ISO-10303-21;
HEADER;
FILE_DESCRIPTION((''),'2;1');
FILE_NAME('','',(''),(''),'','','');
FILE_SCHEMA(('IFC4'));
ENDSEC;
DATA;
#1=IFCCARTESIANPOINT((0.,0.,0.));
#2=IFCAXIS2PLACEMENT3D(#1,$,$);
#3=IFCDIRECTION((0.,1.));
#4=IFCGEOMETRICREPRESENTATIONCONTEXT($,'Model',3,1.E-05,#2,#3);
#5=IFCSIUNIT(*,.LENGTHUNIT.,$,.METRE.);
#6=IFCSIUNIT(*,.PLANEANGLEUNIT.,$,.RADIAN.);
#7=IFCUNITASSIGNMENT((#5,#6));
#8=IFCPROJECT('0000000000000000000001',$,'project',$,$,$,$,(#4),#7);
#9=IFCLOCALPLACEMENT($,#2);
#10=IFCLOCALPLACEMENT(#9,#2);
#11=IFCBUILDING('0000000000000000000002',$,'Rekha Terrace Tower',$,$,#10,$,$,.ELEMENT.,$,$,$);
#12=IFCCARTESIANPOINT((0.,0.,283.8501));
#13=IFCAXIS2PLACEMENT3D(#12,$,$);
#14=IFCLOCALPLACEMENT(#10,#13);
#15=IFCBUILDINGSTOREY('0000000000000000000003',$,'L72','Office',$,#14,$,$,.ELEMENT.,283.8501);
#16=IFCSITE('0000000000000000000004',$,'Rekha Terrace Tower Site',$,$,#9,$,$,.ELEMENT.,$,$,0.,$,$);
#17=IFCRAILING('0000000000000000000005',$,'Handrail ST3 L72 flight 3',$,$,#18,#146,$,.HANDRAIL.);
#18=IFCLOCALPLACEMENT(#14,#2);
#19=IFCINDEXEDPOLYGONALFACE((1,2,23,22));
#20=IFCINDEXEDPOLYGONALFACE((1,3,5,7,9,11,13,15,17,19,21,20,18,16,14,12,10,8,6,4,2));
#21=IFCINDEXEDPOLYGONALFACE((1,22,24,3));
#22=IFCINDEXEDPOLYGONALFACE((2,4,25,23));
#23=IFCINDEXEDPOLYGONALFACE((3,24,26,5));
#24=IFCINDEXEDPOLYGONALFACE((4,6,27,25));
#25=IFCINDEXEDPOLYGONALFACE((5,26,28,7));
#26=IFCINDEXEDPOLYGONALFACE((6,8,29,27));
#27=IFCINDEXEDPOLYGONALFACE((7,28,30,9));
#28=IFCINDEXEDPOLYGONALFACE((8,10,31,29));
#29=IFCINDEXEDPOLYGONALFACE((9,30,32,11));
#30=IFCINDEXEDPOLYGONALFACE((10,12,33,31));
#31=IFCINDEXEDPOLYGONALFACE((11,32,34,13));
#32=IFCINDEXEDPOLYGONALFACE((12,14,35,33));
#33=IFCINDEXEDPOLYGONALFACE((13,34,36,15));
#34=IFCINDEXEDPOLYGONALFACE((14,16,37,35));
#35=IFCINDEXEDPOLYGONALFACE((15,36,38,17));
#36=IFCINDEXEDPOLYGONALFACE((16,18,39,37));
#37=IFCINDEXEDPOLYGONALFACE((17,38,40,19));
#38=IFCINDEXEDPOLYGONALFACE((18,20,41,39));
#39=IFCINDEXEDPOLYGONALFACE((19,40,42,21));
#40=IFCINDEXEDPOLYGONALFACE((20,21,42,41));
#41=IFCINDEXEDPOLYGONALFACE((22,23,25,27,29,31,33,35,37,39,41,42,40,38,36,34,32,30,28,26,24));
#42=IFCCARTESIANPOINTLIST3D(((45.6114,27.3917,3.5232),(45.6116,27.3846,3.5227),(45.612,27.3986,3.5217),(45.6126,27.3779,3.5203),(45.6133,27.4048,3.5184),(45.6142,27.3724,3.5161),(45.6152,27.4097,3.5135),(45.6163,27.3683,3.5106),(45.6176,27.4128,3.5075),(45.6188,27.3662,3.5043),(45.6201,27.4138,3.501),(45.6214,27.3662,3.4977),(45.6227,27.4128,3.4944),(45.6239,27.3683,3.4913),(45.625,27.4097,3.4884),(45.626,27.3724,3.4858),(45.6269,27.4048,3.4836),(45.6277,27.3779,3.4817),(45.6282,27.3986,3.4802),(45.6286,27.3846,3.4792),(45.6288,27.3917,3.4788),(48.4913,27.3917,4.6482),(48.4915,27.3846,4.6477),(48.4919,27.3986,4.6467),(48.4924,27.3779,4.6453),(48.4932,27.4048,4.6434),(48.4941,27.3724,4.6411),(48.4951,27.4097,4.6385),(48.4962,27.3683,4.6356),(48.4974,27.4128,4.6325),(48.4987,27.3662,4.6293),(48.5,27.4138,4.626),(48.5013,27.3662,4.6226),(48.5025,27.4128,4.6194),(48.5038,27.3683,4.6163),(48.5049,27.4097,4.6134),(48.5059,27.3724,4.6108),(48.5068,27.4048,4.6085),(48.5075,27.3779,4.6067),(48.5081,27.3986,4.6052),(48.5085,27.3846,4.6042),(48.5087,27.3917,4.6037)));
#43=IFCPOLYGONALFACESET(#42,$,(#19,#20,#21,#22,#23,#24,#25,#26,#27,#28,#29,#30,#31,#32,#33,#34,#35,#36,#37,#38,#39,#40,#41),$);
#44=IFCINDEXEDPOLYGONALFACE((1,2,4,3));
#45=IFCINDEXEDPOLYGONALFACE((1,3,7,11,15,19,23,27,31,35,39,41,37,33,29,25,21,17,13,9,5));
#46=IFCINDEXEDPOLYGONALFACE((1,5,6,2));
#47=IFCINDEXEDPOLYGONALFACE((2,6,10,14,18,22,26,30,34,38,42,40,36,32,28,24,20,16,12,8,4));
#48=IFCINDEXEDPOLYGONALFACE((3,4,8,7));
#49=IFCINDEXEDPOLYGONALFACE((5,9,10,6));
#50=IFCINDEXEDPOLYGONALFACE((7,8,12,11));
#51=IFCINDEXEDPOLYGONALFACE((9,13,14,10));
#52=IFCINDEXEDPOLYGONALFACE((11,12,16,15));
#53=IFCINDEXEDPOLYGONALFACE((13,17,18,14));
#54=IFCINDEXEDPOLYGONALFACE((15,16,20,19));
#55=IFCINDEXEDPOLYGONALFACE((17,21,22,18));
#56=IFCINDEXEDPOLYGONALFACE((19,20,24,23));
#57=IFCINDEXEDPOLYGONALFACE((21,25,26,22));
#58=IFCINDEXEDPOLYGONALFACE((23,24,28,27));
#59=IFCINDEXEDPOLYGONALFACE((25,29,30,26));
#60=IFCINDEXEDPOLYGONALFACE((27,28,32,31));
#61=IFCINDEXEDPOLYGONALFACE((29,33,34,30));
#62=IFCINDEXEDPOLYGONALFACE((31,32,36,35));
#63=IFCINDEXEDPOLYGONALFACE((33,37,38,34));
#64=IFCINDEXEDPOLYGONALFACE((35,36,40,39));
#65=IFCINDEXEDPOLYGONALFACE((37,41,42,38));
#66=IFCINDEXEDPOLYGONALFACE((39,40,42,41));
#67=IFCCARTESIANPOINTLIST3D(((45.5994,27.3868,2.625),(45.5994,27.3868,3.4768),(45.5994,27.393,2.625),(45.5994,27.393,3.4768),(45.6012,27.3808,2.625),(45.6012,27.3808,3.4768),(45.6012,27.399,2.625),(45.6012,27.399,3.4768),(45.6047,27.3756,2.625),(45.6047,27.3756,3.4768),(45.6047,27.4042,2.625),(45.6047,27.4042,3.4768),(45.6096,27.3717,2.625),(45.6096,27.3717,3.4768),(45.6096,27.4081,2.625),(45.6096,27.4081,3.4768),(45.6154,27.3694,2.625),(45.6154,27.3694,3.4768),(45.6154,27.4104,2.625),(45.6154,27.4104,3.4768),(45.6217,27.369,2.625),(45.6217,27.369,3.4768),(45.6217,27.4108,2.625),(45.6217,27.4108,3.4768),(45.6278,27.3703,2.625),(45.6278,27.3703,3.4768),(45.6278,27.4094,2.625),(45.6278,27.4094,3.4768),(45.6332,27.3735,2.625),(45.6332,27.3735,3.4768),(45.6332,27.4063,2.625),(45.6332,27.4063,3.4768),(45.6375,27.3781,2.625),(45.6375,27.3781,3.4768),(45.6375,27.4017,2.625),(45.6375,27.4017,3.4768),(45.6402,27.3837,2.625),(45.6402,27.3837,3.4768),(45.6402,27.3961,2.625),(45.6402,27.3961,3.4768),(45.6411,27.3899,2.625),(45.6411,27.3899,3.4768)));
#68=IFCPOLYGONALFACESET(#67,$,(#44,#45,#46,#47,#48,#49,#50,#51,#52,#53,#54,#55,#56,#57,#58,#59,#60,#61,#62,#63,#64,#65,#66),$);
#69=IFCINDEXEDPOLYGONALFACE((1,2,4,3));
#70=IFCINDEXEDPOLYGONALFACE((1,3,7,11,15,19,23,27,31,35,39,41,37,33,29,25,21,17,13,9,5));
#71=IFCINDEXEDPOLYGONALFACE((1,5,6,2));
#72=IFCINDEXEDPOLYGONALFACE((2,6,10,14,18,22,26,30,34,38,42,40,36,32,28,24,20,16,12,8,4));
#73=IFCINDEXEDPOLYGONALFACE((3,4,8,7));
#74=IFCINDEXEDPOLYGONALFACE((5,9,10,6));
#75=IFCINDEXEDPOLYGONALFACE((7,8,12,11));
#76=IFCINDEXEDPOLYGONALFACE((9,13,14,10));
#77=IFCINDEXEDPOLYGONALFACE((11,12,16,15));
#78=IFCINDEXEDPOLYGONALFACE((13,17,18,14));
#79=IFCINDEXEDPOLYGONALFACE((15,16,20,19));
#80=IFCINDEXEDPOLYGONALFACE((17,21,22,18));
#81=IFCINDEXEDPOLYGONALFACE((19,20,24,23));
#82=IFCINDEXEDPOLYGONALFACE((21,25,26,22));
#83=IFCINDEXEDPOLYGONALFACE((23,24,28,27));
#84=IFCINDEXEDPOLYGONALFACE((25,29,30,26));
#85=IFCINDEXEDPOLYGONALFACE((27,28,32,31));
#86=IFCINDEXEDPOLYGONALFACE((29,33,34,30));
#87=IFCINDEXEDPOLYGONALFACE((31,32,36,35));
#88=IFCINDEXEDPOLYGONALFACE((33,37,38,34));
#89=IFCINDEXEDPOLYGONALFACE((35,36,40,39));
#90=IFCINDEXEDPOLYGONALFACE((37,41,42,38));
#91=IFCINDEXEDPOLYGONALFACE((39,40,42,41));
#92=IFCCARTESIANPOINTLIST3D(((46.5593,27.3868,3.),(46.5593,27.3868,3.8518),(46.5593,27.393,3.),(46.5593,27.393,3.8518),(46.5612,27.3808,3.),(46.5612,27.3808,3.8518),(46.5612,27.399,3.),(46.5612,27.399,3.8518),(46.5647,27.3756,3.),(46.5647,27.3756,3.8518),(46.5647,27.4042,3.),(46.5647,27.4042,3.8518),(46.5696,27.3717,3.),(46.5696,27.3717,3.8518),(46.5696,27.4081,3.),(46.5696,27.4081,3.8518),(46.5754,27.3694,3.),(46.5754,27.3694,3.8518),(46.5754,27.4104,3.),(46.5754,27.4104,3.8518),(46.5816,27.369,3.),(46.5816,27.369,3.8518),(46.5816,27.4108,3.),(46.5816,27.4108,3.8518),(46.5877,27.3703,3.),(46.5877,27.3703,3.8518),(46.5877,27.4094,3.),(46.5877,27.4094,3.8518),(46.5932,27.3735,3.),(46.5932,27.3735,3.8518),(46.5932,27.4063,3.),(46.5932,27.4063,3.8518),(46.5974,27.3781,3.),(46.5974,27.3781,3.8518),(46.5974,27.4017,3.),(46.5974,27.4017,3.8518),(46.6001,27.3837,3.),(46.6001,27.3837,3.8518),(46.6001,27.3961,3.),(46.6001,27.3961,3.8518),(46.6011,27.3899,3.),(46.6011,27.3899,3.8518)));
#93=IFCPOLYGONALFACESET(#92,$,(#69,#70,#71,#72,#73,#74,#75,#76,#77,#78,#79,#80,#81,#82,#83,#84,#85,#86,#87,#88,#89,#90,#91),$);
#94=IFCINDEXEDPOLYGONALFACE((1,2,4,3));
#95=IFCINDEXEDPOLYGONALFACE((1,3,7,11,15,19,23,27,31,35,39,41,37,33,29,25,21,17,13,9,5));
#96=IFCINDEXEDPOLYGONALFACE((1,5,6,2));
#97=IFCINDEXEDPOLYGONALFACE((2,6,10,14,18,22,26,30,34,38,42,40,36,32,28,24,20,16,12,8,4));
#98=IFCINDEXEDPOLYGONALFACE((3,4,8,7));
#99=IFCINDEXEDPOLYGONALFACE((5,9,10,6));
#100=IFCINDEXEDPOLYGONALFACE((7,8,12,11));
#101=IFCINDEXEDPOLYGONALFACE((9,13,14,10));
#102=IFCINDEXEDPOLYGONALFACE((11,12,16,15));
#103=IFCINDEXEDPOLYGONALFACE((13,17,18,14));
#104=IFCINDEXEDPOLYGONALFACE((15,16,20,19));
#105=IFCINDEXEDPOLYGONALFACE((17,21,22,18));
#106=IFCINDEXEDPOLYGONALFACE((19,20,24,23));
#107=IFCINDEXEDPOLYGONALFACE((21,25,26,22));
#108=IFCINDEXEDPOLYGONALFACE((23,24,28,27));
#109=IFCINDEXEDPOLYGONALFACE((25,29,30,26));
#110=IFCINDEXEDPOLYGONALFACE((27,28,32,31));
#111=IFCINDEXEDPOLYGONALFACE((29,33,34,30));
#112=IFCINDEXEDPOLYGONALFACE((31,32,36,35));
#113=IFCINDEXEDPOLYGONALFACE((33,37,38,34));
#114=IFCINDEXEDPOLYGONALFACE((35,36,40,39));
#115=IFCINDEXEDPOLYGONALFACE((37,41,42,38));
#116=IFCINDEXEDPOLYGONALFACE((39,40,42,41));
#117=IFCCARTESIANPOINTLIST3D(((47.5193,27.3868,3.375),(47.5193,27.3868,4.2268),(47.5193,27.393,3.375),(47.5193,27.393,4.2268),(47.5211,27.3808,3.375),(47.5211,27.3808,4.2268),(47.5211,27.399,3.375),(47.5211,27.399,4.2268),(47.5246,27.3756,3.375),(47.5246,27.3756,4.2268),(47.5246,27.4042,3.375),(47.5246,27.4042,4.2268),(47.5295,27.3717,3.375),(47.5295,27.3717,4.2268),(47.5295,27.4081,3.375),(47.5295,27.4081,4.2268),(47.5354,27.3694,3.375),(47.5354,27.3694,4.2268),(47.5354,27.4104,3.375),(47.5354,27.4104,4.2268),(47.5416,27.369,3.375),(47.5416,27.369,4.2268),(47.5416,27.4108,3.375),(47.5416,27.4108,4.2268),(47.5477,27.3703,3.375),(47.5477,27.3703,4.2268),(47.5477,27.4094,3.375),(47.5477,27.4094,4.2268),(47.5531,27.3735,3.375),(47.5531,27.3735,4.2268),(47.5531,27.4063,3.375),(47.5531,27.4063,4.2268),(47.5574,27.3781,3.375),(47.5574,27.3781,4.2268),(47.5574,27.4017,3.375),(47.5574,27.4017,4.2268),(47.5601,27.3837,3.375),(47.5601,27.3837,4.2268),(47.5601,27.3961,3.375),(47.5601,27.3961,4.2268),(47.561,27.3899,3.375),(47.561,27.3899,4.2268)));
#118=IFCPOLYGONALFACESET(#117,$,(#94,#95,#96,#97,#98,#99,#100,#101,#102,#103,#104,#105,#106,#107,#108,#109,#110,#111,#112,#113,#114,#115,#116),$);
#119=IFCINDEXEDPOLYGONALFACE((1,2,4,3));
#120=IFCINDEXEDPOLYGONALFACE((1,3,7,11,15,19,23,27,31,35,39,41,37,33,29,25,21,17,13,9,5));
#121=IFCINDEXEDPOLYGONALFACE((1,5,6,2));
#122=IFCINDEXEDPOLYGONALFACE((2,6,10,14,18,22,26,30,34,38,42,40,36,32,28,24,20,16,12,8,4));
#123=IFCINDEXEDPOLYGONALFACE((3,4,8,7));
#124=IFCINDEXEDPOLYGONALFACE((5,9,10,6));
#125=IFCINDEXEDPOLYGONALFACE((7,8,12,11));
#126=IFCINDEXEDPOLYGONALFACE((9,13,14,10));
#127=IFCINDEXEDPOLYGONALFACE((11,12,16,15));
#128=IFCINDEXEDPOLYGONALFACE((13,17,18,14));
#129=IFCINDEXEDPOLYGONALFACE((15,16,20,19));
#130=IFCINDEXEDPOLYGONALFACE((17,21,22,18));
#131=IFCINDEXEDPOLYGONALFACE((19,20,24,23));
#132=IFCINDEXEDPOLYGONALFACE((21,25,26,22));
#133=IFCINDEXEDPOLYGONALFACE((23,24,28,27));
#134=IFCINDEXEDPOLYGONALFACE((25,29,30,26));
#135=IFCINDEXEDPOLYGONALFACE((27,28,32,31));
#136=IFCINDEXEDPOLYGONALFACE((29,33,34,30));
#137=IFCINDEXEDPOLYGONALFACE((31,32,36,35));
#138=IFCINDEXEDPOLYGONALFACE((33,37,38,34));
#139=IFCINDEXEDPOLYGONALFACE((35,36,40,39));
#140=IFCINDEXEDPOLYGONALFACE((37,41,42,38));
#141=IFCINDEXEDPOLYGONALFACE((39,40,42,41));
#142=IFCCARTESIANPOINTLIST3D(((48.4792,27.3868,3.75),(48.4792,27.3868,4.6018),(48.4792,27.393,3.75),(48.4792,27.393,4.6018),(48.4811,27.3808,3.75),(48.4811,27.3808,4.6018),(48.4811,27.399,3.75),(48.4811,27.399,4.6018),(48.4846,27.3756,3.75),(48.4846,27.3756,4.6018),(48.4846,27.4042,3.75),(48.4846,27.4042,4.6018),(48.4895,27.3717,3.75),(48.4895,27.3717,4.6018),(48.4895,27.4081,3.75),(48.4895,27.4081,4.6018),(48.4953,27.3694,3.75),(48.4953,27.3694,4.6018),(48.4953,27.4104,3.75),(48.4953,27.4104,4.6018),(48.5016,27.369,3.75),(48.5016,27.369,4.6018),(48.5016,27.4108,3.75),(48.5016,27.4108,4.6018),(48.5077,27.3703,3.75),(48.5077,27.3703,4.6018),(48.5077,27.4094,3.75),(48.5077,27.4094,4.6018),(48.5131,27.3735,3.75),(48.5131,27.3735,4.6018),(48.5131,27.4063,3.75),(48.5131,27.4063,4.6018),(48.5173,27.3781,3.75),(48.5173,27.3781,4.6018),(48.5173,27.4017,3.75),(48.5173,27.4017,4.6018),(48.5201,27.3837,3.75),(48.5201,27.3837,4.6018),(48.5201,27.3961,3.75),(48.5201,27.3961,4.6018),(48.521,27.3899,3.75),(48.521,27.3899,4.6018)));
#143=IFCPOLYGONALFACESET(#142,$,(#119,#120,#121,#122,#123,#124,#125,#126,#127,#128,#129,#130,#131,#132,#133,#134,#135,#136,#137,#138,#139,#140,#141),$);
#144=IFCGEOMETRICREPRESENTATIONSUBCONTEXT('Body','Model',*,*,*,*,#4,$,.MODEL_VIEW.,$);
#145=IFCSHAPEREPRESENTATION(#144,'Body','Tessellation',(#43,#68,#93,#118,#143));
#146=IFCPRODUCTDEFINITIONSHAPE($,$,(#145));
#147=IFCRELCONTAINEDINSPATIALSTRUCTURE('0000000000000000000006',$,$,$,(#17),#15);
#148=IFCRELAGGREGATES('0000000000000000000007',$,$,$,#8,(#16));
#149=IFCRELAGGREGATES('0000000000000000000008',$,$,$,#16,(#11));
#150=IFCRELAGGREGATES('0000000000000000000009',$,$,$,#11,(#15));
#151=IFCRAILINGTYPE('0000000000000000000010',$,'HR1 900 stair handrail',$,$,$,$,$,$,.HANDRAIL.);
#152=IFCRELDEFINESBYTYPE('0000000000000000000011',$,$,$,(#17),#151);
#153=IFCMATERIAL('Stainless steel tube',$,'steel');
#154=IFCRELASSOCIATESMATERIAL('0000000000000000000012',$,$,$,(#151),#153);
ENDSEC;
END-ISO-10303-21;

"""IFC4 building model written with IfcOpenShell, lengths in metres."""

from ifc_helpers import new_model, si_unit, direction, frame, origin, origin_2d, place, context, subcontext, project, spatial, circle, extrude, material, type_object, element, save


model = new_model("IFC4")

# Units and contexts
model_context = context("Model", 3, precision=1e-05, world=origin(), true_north=direction((0.0, 1.0)))
body_context = subcontext(model_context, "Body", "Model", "MODEL_VIEW")
ifc_project = project(units=[si_unit("LENGTHUNIT", "METRE"), si_unit("PLANEANGLEUNIT", "RADIAN")], contexts=[model_context])

# Site, building, storey
site_placement = place(None, origin())
site = spatial("IfcSite", under=ifc_project, at=site_placement, Name="Rekha Terrace Tower Site", CompositionType="ELEMENT", RefElevation=0.0)
building_placement = place(site_placement, origin())
building = spatial("IfcBuilding", under=site, at=building_placement, Name="Rekha Terrace Tower", CompositionType="ELEMENT")
storey_placement = place(building_placement, frame((0.0, 0.0, 283.8501)))
storey = spatial("IfcBuildingStorey", under=building, at=storey_placement, Name="L72", Description="Office", CompositionType="ELEMENT", Elevation=283.8501)

# Railing
ifc_material_1 = material(Name="Stainless steel tube", Category="steel")
railing_type_1 = type_object("IfcRailingType", Name="HR1 900 stair handrail", PredefinedType="HANDRAIL", material=ifc_material_1)
railing_1_placement = place(storey_placement, frame((45.6201, 27.3899, 2.625)))
element("IfcRailing", 1, at=railing_1_placement, inside=storey, type_object=railing_type_1, Name="Handrail ST3 L72 flight 3", PredefinedType="HANDRAIL", context=body_context, shape_type="SweptSolid", body=[
    extrude(circle(Radius=0.0239, at=origin_2d()), frame((0.0, 0.0, 0.876), z_axis=(0.931452, 0.0, 0.363863), x_axis=(0.0, 1.0, 0.0)), (0.0, 0.0, 1.0), 3.0918),
    extrude(circle(Radius=0.021, at=origin_2d()), origin(), (0.0, 0.0, 1.0), 0.8518),
    extrude(circle(Radius=0.021, at=origin_2d()), frame((0.96, 0.0, 0.375)), (0.0, 0.0, 1.0), 0.8518),
    extrude(circle(Radius=0.021, at=origin_2d()), frame((1.9199, 0.0, 0.75)), (0.0, 0.0, 1.0), 0.8518),
    extrude(circle(Radius=0.021, at=origin_2d()), frame((2.8799, 0.0, 1.125)), (0.0, 0.0, 1.0), 0.8518),
])

save(model, "model.ifc")
